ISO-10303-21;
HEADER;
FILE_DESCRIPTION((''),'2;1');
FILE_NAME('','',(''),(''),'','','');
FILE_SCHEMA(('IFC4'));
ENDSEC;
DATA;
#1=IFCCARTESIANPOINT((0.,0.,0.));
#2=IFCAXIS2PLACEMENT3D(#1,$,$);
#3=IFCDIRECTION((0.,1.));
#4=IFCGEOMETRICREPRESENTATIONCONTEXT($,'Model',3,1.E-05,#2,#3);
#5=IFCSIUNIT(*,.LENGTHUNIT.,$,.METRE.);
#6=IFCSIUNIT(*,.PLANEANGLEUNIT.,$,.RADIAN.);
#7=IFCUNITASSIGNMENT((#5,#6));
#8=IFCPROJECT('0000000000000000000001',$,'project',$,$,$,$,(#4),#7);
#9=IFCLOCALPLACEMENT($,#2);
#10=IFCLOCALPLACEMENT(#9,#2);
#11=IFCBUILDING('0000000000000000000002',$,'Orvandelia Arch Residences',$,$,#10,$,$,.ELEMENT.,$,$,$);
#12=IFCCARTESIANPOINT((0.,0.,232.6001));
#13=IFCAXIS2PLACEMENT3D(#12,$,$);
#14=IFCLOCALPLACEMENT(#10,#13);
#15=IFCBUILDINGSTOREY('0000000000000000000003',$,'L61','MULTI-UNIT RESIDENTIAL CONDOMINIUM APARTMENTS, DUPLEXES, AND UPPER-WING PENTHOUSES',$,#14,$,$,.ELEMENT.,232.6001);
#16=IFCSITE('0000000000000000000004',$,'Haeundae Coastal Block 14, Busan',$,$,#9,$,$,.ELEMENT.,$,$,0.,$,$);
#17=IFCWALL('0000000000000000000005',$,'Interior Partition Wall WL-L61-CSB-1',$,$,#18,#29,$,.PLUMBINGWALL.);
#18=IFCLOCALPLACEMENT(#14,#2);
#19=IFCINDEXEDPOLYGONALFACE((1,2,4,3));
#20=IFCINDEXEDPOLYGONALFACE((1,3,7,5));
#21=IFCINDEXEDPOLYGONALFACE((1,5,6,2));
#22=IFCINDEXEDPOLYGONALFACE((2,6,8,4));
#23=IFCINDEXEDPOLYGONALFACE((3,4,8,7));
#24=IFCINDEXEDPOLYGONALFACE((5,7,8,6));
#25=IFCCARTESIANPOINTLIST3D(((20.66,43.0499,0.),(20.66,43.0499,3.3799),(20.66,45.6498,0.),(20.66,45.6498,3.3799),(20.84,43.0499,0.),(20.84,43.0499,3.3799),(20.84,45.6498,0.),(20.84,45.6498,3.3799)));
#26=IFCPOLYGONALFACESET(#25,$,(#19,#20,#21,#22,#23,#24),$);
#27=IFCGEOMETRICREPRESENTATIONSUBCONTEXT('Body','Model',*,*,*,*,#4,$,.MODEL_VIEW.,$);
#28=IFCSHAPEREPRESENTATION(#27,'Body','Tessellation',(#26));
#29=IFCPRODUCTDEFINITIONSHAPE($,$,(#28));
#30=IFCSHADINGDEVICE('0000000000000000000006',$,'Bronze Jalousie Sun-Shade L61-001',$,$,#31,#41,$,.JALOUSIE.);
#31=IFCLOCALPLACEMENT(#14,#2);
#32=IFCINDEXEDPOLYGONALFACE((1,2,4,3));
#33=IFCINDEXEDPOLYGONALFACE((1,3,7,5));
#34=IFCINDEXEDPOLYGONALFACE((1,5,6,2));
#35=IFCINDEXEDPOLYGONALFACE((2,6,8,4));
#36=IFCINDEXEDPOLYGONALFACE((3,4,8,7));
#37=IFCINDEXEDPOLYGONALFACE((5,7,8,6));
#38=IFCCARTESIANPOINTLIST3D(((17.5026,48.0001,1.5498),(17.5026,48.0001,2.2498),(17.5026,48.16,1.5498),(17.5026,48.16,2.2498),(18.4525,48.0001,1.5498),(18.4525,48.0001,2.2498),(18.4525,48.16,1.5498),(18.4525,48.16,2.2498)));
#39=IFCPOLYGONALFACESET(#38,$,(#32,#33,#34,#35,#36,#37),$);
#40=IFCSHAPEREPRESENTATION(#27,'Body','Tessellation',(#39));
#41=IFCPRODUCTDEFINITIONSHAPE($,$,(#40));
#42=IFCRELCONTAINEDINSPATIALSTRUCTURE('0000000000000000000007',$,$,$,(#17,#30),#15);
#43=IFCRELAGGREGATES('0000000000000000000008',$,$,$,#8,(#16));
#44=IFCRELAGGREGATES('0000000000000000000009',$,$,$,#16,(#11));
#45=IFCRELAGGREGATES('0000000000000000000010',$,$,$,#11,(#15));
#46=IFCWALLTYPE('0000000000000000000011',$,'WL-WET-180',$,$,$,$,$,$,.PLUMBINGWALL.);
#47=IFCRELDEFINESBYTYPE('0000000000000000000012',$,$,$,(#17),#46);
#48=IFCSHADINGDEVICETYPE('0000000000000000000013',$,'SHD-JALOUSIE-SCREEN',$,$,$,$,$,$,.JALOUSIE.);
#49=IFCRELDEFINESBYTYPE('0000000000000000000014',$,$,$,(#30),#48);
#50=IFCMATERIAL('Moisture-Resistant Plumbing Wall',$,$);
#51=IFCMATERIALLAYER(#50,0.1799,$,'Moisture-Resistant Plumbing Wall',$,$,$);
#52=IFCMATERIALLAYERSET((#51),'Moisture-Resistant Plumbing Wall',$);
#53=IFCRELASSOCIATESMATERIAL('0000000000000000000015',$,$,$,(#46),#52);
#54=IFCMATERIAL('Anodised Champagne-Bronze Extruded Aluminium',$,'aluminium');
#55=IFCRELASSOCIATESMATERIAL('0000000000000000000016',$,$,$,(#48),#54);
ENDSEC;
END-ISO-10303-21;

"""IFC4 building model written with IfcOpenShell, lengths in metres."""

from ifc_helpers import new_model, si_unit, direction, frame, frame_2d, origin, origin_2d, place, context, subcontext, project, spatial, rectangle, extrude, material, layer, layer_set, type_object, element, save


model = new_model("IFC4")

# Units and contexts
model_context = context("Model", 3, precision=1e-05, world=origin(), true_north=direction((0.0, 1.0)))
body_context = subcontext(model_context, "Body", "Model", "MODEL_VIEW")
ifc_project = project(units=[si_unit("LENGTHUNIT", "METRE"), si_unit("PLANEANGLEUNIT", "RADIAN")], contexts=[model_context])

# Site, building, storey
site_placement = place(None, origin())
site = spatial("IfcSite", under=ifc_project, at=site_placement, Name="Haeundae Coastal Block 14, Busan", CompositionType="ELEMENT", RefElevation=0.0)
building_placement = place(site_placement, origin())
building = spatial("IfcBuilding", under=site, at=building_placement, Name="Orvandelia Arch Residences", CompositionType="ELEMENT")
storey_placement = place(building_placement, frame((0.0, 0.0, 232.6001)))
storey = spatial("IfcBuildingStorey", under=building, at=storey_placement, Name="L61", Description="MULTI-UNIT RESIDENTIAL CONDOMINIUM APARTMENTS, DUPLEXES, AND UPPER-WING PENTHOUSES", CompositionType="ELEMENT", Elevation=232.6001)

# Wall
ifc_material_1 = material(Name="Moisture-Resistant Plumbing Wall")
ifc_layer_1 = layer(ifc_material_1, 0.1799, Name="Moisture-Resistant Plumbing Wall")
ifc_layer_set_1 = layer_set([ifc_layer_1], Name="Moisture-Resistant Plumbing Wall")
wall_type_1 = type_object("IfcWallType", Name="WL-WET-180", PredefinedType="PLUMBINGWALL", material=ifc_layer_set_1)
wall_1_placement = place(storey_placement, frame((20.75, 43.05, 0.0), z_axis=(0.0, 0.0, 1.0), x_axis=(0.0, 1.0, 0.0)))
element("IfcWall", 1, at=wall_1_placement, inside=storey, type_object=wall_type_1, Name="Interior Partition Wall WL-L61-CSB-1", PredefinedType="PLUMBINGWALL", context=body_context, shape_type="SweptSolid", body=[
    extrude(rectangle(XDim=2.5999, YDim=0.1799, at=frame_2d((1.2998, 0.0))), origin(), (0.0, 0.0, 1.0), 3.3799),
])

# Shading device
ifc_material_2 = material(Name="Anodised Champagne-Bronze Extruded Aluminium", Category="aluminium")
shading_device_type = type_object("IfcShadingDeviceType", Name="SHD-JALOUSIE-SCREEN", PredefinedType="JALOUSIE", material=ifc_material_2)
shading_device_placement = place(storey_placement, frame((17.9775, 48.0801, 1.5498), z_axis=(0.0, 0.0, 1.0), x_axis=(1.0, 0.0, 0.0)))
element("IfcShadingDevice", 2, at=shading_device_placement, inside=storey, type_object=shading_device_type, Name="Bronze Jalousie Sun-Shade L61-001", PredefinedType="JALOUSIE", context=body_context, shape_type="SweptSolid", body=[
    extrude(rectangle(XDim=0.95, YDim=0.1599, at=origin_2d()), origin(), (0.0, 0.0, 1.0), 0.7),
])

save(model, "model.ifc")
